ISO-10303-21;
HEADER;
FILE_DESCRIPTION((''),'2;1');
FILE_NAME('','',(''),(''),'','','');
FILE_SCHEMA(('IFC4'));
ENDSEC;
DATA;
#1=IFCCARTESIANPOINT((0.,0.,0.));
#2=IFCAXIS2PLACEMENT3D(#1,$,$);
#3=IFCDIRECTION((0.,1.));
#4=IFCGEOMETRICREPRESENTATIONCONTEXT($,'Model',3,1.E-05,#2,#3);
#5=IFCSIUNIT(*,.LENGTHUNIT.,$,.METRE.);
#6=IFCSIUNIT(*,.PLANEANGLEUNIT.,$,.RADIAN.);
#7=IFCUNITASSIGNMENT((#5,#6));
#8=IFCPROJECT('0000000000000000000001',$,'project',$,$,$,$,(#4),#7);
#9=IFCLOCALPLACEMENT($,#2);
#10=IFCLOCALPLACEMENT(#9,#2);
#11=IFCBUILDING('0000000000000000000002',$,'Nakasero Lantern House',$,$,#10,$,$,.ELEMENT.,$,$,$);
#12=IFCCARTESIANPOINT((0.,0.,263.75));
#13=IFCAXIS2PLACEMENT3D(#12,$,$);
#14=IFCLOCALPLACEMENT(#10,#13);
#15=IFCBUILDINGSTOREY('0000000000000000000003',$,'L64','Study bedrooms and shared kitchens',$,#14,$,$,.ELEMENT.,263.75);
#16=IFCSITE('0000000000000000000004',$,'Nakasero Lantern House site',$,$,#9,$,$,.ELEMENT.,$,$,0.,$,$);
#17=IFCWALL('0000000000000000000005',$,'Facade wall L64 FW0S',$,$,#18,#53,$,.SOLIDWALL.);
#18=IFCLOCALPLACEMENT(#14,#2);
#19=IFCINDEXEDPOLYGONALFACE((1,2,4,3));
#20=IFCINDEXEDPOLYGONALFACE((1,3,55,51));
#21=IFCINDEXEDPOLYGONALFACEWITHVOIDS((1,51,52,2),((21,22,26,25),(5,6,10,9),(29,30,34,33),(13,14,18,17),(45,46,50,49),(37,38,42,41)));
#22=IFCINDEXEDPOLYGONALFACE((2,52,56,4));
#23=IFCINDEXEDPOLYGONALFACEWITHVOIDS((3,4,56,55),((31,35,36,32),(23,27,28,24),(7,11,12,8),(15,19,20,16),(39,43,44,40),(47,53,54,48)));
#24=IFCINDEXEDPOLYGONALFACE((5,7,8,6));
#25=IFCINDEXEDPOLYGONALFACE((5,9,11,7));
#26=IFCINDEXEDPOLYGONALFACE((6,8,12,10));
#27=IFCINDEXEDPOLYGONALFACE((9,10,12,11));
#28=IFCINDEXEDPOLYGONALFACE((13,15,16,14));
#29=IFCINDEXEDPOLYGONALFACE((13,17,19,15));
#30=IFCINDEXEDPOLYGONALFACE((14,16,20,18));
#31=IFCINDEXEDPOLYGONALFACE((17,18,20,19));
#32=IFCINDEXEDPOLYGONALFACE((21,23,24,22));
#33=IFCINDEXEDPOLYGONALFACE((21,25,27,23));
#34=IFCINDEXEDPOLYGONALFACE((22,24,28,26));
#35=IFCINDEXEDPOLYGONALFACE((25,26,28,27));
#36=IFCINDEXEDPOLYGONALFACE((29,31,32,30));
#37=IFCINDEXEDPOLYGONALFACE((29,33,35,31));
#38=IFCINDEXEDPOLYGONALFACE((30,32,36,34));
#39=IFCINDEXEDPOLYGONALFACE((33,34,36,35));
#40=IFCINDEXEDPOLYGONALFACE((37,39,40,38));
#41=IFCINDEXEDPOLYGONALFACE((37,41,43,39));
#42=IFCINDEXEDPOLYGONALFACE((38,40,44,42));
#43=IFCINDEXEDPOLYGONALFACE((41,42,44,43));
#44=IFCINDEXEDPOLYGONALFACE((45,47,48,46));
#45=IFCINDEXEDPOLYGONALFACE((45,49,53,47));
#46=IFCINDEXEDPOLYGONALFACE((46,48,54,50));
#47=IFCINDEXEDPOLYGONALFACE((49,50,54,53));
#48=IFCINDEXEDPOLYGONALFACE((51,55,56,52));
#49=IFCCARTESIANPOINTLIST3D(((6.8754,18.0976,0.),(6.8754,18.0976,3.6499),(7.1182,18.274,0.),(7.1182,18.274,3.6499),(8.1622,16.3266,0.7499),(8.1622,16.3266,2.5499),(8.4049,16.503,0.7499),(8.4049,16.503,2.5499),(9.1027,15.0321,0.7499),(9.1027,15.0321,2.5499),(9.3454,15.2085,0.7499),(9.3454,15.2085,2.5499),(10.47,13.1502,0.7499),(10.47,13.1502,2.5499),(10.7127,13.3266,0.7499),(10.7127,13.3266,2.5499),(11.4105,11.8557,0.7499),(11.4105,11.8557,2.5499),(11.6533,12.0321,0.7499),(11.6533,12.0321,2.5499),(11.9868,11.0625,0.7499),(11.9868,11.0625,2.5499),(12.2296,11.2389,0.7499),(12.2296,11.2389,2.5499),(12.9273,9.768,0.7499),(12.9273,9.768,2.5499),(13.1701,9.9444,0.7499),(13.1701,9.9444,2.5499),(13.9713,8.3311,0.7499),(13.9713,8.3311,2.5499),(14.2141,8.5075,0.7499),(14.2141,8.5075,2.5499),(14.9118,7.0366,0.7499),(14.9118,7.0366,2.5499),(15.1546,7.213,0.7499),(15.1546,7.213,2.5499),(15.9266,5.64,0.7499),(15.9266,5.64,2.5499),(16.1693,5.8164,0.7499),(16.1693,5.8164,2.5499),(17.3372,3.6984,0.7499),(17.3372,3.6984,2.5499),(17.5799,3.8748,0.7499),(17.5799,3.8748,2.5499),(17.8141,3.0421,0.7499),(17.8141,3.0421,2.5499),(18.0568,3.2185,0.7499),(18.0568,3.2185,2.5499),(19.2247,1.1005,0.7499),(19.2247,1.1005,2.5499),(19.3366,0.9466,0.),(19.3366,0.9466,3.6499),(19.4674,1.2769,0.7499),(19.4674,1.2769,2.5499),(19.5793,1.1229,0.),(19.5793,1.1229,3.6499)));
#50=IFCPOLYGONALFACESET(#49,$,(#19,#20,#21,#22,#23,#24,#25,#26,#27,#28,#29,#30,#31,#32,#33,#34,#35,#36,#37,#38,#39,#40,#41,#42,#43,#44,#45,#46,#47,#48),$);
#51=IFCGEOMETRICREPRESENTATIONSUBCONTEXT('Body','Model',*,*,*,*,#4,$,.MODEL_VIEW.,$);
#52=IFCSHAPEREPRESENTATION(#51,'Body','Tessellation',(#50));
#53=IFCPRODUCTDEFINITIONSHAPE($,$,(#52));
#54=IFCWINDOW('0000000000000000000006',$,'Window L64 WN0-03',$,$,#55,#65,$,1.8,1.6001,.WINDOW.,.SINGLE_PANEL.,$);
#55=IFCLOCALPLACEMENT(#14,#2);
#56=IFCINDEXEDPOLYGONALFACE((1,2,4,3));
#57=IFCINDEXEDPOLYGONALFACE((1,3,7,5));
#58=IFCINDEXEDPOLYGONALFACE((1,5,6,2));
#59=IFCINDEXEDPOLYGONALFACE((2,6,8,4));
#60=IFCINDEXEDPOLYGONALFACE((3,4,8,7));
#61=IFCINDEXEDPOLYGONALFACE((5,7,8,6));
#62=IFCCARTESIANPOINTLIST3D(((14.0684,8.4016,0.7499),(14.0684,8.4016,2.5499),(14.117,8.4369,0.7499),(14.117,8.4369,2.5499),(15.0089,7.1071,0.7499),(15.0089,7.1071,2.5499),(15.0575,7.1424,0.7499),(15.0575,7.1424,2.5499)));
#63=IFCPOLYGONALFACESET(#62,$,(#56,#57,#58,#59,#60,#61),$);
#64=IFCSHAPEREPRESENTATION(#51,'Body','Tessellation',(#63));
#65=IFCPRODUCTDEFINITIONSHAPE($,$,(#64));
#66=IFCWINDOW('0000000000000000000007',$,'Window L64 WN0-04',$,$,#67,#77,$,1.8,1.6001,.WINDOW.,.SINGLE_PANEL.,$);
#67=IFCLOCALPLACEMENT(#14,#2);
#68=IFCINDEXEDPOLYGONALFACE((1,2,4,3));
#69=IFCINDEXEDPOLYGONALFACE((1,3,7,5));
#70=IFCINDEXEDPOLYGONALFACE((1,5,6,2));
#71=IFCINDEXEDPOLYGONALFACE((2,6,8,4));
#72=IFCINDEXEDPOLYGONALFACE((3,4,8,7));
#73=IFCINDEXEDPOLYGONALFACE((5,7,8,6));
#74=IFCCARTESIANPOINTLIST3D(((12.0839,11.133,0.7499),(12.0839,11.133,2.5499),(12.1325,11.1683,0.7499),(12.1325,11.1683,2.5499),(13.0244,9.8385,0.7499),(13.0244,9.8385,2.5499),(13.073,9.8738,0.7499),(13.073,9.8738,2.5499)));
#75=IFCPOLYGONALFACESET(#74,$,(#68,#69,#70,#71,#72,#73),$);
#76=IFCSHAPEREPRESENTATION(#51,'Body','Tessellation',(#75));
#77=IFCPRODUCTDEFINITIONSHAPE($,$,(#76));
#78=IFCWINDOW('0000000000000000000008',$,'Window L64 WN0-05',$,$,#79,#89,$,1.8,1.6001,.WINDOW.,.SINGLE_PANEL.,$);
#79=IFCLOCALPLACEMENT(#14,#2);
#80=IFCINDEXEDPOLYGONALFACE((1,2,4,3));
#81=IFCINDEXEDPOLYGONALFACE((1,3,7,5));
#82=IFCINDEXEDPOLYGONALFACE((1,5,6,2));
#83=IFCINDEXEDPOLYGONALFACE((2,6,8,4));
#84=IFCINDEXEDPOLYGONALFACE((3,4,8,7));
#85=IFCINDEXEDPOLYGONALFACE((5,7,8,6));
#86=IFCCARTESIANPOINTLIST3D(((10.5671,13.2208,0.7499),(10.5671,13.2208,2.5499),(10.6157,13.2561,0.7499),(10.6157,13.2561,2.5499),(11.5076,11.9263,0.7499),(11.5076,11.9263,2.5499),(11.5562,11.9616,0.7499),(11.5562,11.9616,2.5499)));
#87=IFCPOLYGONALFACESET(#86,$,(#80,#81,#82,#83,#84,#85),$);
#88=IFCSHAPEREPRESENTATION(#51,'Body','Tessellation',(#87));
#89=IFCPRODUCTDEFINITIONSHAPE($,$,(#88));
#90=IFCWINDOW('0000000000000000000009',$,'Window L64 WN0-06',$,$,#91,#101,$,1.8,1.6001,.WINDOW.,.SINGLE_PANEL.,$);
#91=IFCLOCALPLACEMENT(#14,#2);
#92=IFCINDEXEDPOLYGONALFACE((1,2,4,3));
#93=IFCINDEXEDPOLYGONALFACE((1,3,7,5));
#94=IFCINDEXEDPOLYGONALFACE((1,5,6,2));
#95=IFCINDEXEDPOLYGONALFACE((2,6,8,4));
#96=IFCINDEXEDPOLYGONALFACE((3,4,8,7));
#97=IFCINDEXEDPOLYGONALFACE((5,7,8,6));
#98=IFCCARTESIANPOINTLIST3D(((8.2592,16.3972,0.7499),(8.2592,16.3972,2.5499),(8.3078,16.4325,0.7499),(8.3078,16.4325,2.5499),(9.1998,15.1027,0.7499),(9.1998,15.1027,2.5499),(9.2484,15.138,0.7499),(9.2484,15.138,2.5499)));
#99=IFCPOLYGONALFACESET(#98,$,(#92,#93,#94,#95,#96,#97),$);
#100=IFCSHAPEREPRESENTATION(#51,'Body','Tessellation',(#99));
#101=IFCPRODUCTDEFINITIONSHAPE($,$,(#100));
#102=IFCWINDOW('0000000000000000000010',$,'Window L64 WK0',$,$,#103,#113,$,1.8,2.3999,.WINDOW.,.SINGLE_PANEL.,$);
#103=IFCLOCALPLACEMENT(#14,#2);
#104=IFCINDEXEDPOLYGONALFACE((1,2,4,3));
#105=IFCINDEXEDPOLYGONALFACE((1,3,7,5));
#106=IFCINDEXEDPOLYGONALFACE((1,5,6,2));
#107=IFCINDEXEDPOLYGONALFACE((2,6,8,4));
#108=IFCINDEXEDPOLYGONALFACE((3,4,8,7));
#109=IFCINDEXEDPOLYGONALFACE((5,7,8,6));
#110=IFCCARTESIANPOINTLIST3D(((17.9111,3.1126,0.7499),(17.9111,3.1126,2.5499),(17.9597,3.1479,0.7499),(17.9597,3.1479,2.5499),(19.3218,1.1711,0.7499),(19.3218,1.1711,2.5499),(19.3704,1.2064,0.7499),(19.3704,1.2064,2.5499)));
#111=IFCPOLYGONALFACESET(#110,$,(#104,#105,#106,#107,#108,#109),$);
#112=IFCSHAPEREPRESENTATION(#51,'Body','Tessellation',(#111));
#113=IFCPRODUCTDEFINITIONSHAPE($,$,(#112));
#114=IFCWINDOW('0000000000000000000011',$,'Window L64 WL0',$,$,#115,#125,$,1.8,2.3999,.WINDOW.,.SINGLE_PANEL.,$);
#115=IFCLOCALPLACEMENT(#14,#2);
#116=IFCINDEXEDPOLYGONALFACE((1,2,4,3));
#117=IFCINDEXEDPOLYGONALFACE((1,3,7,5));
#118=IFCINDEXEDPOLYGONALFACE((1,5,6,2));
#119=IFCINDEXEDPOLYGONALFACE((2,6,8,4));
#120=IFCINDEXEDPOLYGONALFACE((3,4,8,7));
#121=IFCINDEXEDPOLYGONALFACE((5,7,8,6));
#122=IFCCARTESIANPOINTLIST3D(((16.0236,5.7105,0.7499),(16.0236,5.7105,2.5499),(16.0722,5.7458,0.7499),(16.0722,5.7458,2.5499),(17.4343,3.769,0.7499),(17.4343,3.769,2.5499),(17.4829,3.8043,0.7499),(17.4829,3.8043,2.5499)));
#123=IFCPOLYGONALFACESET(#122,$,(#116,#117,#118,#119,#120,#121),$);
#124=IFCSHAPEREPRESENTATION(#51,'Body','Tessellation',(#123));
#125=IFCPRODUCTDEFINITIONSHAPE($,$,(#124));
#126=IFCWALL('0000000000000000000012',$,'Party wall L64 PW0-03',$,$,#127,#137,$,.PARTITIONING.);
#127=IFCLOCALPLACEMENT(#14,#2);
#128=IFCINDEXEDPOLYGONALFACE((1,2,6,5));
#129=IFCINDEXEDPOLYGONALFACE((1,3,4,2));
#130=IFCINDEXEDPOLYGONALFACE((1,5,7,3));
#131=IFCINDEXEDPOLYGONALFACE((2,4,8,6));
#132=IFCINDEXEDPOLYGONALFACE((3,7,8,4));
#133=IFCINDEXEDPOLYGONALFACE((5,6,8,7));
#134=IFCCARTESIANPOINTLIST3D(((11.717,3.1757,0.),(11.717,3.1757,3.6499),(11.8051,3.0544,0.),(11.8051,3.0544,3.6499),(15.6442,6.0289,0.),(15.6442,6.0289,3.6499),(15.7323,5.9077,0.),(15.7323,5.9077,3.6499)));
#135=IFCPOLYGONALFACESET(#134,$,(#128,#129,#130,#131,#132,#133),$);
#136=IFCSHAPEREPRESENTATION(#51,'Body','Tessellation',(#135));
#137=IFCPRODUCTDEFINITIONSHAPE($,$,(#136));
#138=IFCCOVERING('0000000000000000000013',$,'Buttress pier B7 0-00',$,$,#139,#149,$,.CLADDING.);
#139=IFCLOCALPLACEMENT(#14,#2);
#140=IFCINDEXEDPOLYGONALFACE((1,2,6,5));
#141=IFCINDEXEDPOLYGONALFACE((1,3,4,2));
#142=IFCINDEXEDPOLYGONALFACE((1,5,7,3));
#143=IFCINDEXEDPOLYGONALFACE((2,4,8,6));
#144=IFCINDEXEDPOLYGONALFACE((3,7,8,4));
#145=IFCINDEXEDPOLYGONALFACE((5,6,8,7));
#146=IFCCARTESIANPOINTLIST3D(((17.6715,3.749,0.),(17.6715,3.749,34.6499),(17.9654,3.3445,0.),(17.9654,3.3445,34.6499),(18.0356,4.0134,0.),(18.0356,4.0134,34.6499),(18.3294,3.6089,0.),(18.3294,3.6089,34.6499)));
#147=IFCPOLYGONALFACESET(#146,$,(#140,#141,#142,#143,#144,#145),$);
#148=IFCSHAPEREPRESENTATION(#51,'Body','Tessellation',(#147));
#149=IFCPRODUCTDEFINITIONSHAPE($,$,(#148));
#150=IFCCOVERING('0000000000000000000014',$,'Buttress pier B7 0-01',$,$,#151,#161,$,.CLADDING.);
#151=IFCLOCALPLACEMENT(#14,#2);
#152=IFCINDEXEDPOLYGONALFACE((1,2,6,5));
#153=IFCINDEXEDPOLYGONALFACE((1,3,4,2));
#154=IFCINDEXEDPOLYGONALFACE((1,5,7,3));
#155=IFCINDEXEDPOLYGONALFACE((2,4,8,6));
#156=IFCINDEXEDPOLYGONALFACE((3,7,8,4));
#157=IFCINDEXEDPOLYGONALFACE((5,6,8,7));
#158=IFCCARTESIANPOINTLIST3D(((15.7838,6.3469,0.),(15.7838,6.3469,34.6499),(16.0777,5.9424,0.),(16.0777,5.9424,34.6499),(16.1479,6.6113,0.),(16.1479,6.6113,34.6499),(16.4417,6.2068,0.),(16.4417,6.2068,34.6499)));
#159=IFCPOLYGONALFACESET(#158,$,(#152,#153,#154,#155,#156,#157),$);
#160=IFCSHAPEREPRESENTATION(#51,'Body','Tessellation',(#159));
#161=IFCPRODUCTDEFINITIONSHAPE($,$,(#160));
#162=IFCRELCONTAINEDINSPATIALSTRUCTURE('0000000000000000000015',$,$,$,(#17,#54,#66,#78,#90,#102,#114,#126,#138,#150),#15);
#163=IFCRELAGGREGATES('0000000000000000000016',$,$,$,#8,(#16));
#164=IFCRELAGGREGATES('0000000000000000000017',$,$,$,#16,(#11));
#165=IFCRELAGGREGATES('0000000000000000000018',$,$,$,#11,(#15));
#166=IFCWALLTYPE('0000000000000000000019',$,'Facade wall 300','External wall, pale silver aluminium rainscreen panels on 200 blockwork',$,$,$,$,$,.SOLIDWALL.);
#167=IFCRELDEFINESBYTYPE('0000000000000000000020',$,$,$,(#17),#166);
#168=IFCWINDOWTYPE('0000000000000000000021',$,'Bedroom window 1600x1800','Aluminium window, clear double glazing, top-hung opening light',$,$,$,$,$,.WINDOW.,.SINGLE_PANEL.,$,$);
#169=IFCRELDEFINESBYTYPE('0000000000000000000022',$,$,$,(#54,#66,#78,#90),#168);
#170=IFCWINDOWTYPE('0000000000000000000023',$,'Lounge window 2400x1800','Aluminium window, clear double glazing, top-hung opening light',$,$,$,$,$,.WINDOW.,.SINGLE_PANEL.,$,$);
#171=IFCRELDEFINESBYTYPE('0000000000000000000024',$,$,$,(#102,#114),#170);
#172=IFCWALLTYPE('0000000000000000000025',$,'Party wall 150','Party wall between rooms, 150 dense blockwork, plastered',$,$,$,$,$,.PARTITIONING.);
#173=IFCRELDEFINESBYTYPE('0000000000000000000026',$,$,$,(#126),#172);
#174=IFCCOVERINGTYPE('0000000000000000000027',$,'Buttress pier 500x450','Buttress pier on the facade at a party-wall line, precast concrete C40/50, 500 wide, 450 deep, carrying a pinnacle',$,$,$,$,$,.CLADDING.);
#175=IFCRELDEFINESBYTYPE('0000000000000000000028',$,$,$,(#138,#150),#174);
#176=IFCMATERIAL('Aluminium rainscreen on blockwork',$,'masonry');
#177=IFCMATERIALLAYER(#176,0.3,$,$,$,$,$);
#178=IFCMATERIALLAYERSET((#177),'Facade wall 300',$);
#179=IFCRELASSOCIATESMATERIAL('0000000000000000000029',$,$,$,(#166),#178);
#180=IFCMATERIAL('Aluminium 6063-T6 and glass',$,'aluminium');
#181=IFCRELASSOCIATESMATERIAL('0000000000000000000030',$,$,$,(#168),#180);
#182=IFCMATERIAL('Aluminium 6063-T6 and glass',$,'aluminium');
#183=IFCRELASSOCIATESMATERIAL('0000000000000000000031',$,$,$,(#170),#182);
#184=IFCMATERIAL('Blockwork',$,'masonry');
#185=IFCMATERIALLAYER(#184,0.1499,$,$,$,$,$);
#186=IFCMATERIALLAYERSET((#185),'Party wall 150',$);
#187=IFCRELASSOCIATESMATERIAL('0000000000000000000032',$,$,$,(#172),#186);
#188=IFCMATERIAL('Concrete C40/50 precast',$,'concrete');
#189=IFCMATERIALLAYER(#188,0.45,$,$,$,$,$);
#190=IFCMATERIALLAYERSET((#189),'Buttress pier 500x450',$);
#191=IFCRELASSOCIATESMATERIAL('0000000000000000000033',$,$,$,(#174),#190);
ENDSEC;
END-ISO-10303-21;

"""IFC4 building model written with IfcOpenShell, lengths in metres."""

from ifc_helpers import new_model, si_unit, direction, frame, frame_2d, origin, origin_2d, place, context, subcontext, project, spatial, rectangle, extrude, material, layer, layer_set, type_object, element, fill, save


model = new_model("IFC4")

# Units and contexts
model_context = context("Model", 3, precision=1e-05, world=origin(), true_north=direction((0.0, 1.0)))
body_context = subcontext(model_context, "Body", "Model", "MODEL_VIEW")
ifc_project = project(units=[si_unit("LENGTHUNIT", "METRE"), si_unit("PLANEANGLEUNIT", "RADIAN")], contexts=[model_context])

# Site, building, storey
site_placement = place(None, origin())
site = spatial("IfcSite", under=ifc_project, at=site_placement, Name="Nakasero Lantern House site", CompositionType="ELEMENT", RefElevation=0.0)
building_placement = place(site_placement, origin())
building = spatial("IfcBuilding", under=site, at=building_placement, Name="Nakasero Lantern House", CompositionType="ELEMENT")
storey_placement = place(building_placement, frame((0.0, 0.0, 263.75)))
storey = spatial("IfcBuildingStorey", under=building, at=storey_placement, Name="L64", Description="Study bedrooms and shared kitchens", CompositionType="ELEMENT", Elevation=263.75)

# Wall, openings, windows
ifc_material_1 = material(Name="Aluminium rainscreen on blockwork", Category="masonry")
ifc_layer_1 = layer(ifc_material_1, 0.3)
ifc_layer_set_1 = layer_set([ifc_layer_1], Name="Facade wall 300")
wall_type_1 = type_object("IfcWallType", Name="Facade wall 300", Description="External wall, pale silver aluminium rainscreen panels on 200 blockwork", PredefinedType="SOLIDWALL", material=ifc_layer_set_1)
wall_1_placement = place(storey_placement, frame((19.458, 1.0347, 0.0), z_axis=(0.0, 0.0, 1.0), x_axis=(-0.58779, 0.809013, 0.0)))
wall_1 = element("IfcWall", 1, at=wall_1_placement, inside=storey, type_object=wall_type_1, Name="Facade wall L64 FW0S", PredefinedType="SOLIDWALL", context=body_context, shape_type="SweptSolid", body=[
    extrude(rectangle(XDim=21.2, YDim=0.3, at=frame_2d((10.6001, 0.0))), origin(), (0.0, 0.0, 1.0), 3.6499),
])
opening_1_placement = place(wall_1_placement, frame((7.5278, 0.0, 0.75)))
opening_1 = element("IfcOpeningElement", 2, at=opening_1_placement, cuts=wall_1, PredefinedType="OPENING", context=body_context, shape_type="SweptSolid", body=[
    extrude(rectangle(XDim=1.6001, YDim=1.8, at=frame_2d((0.8, 0.8999))), frame((0.0, 0.1699, 0.0), z_axis=(0.0, -1.0, 0.0), x_axis=(1.0, 0.0, 0.0)), (0.0, 0.0, 1.0), 0.3401),
])
opening_2_placement = place(wall_1_placement, frame((10.9041, 0.0, 0.75)))
opening_2 = element("IfcOpeningElement", 3, at=opening_2_placement, cuts=wall_1, PredefinedType="OPENING", context=body_context, shape_type="SweptSolid", body=[
    extrude(rectangle(XDim=1.6001, YDim=1.8, at=frame_2d((0.8, 0.8999))), frame((0.0, 0.1699, 0.0), z_axis=(0.0, -1.0, 0.0), x_axis=(1.0, 0.0, 0.0)), (0.0, 0.0, 1.0), 0.3401),
])
opening_3_placement = place(wall_1_placement, frame((13.4846, 0.0, 0.75)))
opening_3 = element("IfcOpeningElement", 4, at=opening_3_placement, cuts=wall_1, PredefinedType="OPENING", context=body_context, shape_type="SweptSolid", body=[
    extrude(rectangle(XDim=1.6001, YDim=1.8, at=frame_2d((0.8, 0.8999))), frame((0.0, 0.1699, 0.0), z_axis=(0.0, -1.0, 0.0), x_axis=(1.0, 0.0, 0.0)), (0.0, 0.0, 1.0), 0.3401),
])
opening_4_placement = place(wall_1_placement, frame((17.4109, 0.0, 0.75)))
opening_4 = element("IfcOpeningElement", 5, at=opening_4_placement, cuts=wall_1, PredefinedType="OPENING", context=body_context, shape_type="SweptSolid", body=[
    extrude(rectangle(XDim=1.6001, YDim=1.8, at=frame_2d((0.8, 0.8999))), frame((0.0, 0.1699, 0.0), z_axis=(0.0, -1.0, 0.0), x_axis=(1.0, 0.0, 0.0)), (0.0, 0.0, 1.0), 0.3401),
])
opening_5_placement = place(wall_1_placement, frame((0.1904, 0.0, 0.75)))
opening_5 = element("IfcOpeningElement", 6, at=opening_5_placement, cuts=wall_1, PredefinedType="OPENING", context=body_context, shape_type="SweptSolid", body=[
    extrude(rectangle(XDim=2.3999, YDim=1.8, at=frame_2d((1.2, 0.8999))), frame((0.0, 0.1699, 0.0), z_axis=(0.0, -1.0, 0.0), x_axis=(1.0, 0.0, 0.0)), (0.0, 0.0, 1.0), 0.3401),
])
opening_6_placement = place(wall_1_placement, frame((3.4016, 0.0, 0.75)))
opening_6 = element("IfcOpeningElement", 7, at=opening_6_placement, cuts=wall_1, PredefinedType="OPENING", context=body_context, shape_type="SweptSolid", body=[
    extrude(rectangle(XDim=2.3999, YDim=1.8, at=frame_2d((1.2, 0.8999))), frame((0.0, 0.1699, 0.0), z_axis=(0.0, -1.0, 0.0), x_axis=(1.0, 0.0, 0.0)), (0.0, 0.0, 1.0), 0.3401),
])
ifc_material_2 = material(Name="Aluminium 6063-T6 and glass", Category="aluminium")
window_type_1 = type_object("IfcWindowType", Name="Bedroom window 1600x1800", Description="Aluminium window, clear double glazing, top-hung opening light", PartitioningType="SINGLE_PANEL", PredefinedType="WINDOW", material=ifc_material_2)
window_1_placement = place(opening_1_placement, origin())
window_1 = element("IfcWindow", 8, at=window_1_placement, inside=storey, type_object=window_type_1, Name="Window L64 WN0-03", OverallHeight=1.8, OverallWidth=1.6001, PartitioningType="SINGLE_PANEL", PredefinedType="WINDOW", context=body_context, shape_type="SweptSolid", body=[
    extrude(rectangle(XDim=1.6001, YDim=1.8, at=frame_2d((0.8, 0.8999))), frame((0.0, 0.03, 0.0), z_axis=(0.0, -1.0, 0.0), x_axis=(1.0, 0.0, 0.0)), (0.0, 0.0, 1.0), 0.0601),
])
fill(opening_1, window_1)
window_2_placement = place(opening_2_placement, origin())
window_2 = element("IfcWindow", 9, at=window_2_placement, inside=storey, type_object=window_type_1, Name="Window L64 WN0-04", OverallHeight=1.8, OverallWidth=1.6001, PartitioningType="SINGLE_PANEL", PredefinedType="WINDOW", context=body_context, shape_type="SweptSolid", body=[
    extrude(rectangle(XDim=1.6001, YDim=1.8, at=frame_2d((0.8, 0.8999))), frame((0.0, 0.03, 0.0), z_axis=(0.0, -1.0, 0.0), x_axis=(1.0, 0.0, 0.0)), (0.0, 0.0, 1.0), 0.0601),
])
fill(opening_2, window_2)
window_3_placement = place(opening_3_placement, origin())
window_3 = element("IfcWindow", 10, at=window_3_placement, inside=storey, type_object=window_type_1, Name="Window L64 WN0-05", OverallHeight=1.8, OverallWidth=1.6001, PartitioningType="SINGLE_PANEL", PredefinedType="WINDOW", context=body_context, shape_type="SweptSolid", body=[
    extrude(rectangle(XDim=1.6001, YDim=1.8, at=frame_2d((0.8, 0.8999))), frame((0.0, 0.03, 0.0), z_axis=(0.0, -1.0, 0.0), x_axis=(1.0, 0.0, 0.0)), (0.0, 0.0, 1.0), 0.0601),
])
fill(opening_3, window_3)
window_4_placement = place(opening_4_placement, origin())
window_4 = element("IfcWindow", 11, at=window_4_placement, inside=storey, type_object=window_type_1, Name="Window L64 WN0-06", OverallHeight=1.8, OverallWidth=1.6001, PartitioningType="SINGLE_PANEL", PredefinedType="WINDOW", context=body_context, shape_type="SweptSolid", body=[
    extrude(rectangle(XDim=1.6001, YDim=1.8, at=frame_2d((0.8, 0.8999))), frame((0.0, 0.03, 0.0), z_axis=(0.0, -1.0, 0.0), x_axis=(1.0, 0.0, 0.0)), (0.0, 0.0, 1.0), 0.0601),
])
fill(opening_4, window_4)
ifc_material_3 = material(Name="Aluminium 6063-T6 and glass", Category="aluminium")
window_type_2 = type_object("IfcWindowType", Name="Lounge window 2400x1800", Description="Aluminium window, clear double glazing, top-hung opening light", PartitioningType="SINGLE_PANEL", PredefinedType="WINDOW", material=ifc_material_3)
window_5_placement = place(opening_5_placement, origin())
window_5 = element("IfcWindow", 12, at=window_5_placement, inside=storey, type_object=window_type_2, Name="Window L64 WK0", OverallHeight=1.8, OverallWidth=2.3999, PartitioningType="SINGLE_PANEL", PredefinedType="WINDOW", context=body_context, shape_type="SweptSolid", body=[
    extrude(rectangle(XDim=2.3999, YDim=1.8, at=frame_2d((1.2, 0.8999))), frame((0.0, 0.03, 0.0), z_axis=(0.0, -1.0, 0.0), x_axis=(1.0, 0.0, 0.0)), (0.0, 0.0, 1.0), 0.0601),
])
fill(opening_5, window_5)
window_6_placement = place(opening_6_placement, origin())
window_6 = element("IfcWindow", 13, at=window_6_placement, inside=storey, type_object=window_type_2, Name="Window L64 WL0", OverallHeight=1.8, OverallWidth=2.3999, PartitioningType="SINGLE_PANEL", PredefinedType="WINDOW", context=body_context, shape_type="SweptSolid", body=[
    extrude(rectangle(XDim=2.3999, YDim=1.8, at=frame_2d((1.2, 0.8999))), frame((0.0, 0.03, 0.0), z_axis=(0.0, -1.0, 0.0), x_axis=(1.0, 0.0, 0.0)), (0.0, 0.0, 1.0), 0.0601),
])
fill(opening_6, window_6)

# Wall
ifc_material_4 = material(Name="Blockwork", Category="masonry")
ifc_layer_2 = layer(ifc_material_4, 0.1499)
ifc_layer_set_2 = layer_set([ifc_layer_2], Name="Party wall 150")
wall_type_2 = type_object("IfcWallType", Name="Party wall 150", Description="Party wall between rooms, 150 dense blockwork, plastered", PredefinedType="PARTITIONING", material=ifc_layer_set_2)
wall_2_placement = place(storey_placement, frame((11.761, 3.115, 0.0), z_axis=(0.0, 0.0, 1.0), x_axis=(0.809021, 0.58778, 0.0)))
element("IfcWall", 14, at=wall_2_placement, inside=storey, type_object=wall_type_2, Name="Party wall L64 PW0-03", PredefinedType="PARTITIONING", context=body_context, shape_type="SweptSolid", body=[
    extrude(rectangle(XDim=4.8542, YDim=0.1499, at=frame_2d((2.4272, 0.0))), origin(), (0.0, 0.0, 1.0), 3.6499),
])

# Coverings
ifc_material_5 = material(Name="Concrete C40/50 precast", Category="concrete")
ifc_layer_3 = layer(ifc_material_5, 0.45)
ifc_layer_set_3 = layer_set([ifc_layer_3], Name="Buttress pier 500x450")
covering_type = type_object("IfcCoveringType", Name="Buttress pier 500x450", Description="Buttress pier on the facade at a party-wall line, precast concrete C40/50, 500 wide, 450 deep, carrying a pinnacle", PredefinedType="CLADDING", material=ifc_layer_set_3)
for number, where, z_axis, x_axis, name in (
    (15, (18.0005, 3.679, 0.0), (0.0, 0.0, 1.0), (0.809017, 0.587785, 0.0), "Buttress pier B7 0-00"),
    (16, (16.1128, 6.2769, 0.0), (0.0, 0.0, 1.0), (0.809017, 0.587785, 0.0), "Buttress pier B7 0-01"),
):
    element("IfcCovering", number, at=place(storey_placement, frame(where, z_axis=z_axis, x_axis=x_axis)), inside=storey, type_object=covering_type, Name=name, PredefinedType="CLADDING", context=body_context, shape_type="SweptSolid", body=[
        extrude(rectangle(XDim=0.45, YDim=0.5, at=origin_2d()), origin(), (0.0, 0.0, 1.0), 34.6499),
    ])

save(model, "model.ifc")
